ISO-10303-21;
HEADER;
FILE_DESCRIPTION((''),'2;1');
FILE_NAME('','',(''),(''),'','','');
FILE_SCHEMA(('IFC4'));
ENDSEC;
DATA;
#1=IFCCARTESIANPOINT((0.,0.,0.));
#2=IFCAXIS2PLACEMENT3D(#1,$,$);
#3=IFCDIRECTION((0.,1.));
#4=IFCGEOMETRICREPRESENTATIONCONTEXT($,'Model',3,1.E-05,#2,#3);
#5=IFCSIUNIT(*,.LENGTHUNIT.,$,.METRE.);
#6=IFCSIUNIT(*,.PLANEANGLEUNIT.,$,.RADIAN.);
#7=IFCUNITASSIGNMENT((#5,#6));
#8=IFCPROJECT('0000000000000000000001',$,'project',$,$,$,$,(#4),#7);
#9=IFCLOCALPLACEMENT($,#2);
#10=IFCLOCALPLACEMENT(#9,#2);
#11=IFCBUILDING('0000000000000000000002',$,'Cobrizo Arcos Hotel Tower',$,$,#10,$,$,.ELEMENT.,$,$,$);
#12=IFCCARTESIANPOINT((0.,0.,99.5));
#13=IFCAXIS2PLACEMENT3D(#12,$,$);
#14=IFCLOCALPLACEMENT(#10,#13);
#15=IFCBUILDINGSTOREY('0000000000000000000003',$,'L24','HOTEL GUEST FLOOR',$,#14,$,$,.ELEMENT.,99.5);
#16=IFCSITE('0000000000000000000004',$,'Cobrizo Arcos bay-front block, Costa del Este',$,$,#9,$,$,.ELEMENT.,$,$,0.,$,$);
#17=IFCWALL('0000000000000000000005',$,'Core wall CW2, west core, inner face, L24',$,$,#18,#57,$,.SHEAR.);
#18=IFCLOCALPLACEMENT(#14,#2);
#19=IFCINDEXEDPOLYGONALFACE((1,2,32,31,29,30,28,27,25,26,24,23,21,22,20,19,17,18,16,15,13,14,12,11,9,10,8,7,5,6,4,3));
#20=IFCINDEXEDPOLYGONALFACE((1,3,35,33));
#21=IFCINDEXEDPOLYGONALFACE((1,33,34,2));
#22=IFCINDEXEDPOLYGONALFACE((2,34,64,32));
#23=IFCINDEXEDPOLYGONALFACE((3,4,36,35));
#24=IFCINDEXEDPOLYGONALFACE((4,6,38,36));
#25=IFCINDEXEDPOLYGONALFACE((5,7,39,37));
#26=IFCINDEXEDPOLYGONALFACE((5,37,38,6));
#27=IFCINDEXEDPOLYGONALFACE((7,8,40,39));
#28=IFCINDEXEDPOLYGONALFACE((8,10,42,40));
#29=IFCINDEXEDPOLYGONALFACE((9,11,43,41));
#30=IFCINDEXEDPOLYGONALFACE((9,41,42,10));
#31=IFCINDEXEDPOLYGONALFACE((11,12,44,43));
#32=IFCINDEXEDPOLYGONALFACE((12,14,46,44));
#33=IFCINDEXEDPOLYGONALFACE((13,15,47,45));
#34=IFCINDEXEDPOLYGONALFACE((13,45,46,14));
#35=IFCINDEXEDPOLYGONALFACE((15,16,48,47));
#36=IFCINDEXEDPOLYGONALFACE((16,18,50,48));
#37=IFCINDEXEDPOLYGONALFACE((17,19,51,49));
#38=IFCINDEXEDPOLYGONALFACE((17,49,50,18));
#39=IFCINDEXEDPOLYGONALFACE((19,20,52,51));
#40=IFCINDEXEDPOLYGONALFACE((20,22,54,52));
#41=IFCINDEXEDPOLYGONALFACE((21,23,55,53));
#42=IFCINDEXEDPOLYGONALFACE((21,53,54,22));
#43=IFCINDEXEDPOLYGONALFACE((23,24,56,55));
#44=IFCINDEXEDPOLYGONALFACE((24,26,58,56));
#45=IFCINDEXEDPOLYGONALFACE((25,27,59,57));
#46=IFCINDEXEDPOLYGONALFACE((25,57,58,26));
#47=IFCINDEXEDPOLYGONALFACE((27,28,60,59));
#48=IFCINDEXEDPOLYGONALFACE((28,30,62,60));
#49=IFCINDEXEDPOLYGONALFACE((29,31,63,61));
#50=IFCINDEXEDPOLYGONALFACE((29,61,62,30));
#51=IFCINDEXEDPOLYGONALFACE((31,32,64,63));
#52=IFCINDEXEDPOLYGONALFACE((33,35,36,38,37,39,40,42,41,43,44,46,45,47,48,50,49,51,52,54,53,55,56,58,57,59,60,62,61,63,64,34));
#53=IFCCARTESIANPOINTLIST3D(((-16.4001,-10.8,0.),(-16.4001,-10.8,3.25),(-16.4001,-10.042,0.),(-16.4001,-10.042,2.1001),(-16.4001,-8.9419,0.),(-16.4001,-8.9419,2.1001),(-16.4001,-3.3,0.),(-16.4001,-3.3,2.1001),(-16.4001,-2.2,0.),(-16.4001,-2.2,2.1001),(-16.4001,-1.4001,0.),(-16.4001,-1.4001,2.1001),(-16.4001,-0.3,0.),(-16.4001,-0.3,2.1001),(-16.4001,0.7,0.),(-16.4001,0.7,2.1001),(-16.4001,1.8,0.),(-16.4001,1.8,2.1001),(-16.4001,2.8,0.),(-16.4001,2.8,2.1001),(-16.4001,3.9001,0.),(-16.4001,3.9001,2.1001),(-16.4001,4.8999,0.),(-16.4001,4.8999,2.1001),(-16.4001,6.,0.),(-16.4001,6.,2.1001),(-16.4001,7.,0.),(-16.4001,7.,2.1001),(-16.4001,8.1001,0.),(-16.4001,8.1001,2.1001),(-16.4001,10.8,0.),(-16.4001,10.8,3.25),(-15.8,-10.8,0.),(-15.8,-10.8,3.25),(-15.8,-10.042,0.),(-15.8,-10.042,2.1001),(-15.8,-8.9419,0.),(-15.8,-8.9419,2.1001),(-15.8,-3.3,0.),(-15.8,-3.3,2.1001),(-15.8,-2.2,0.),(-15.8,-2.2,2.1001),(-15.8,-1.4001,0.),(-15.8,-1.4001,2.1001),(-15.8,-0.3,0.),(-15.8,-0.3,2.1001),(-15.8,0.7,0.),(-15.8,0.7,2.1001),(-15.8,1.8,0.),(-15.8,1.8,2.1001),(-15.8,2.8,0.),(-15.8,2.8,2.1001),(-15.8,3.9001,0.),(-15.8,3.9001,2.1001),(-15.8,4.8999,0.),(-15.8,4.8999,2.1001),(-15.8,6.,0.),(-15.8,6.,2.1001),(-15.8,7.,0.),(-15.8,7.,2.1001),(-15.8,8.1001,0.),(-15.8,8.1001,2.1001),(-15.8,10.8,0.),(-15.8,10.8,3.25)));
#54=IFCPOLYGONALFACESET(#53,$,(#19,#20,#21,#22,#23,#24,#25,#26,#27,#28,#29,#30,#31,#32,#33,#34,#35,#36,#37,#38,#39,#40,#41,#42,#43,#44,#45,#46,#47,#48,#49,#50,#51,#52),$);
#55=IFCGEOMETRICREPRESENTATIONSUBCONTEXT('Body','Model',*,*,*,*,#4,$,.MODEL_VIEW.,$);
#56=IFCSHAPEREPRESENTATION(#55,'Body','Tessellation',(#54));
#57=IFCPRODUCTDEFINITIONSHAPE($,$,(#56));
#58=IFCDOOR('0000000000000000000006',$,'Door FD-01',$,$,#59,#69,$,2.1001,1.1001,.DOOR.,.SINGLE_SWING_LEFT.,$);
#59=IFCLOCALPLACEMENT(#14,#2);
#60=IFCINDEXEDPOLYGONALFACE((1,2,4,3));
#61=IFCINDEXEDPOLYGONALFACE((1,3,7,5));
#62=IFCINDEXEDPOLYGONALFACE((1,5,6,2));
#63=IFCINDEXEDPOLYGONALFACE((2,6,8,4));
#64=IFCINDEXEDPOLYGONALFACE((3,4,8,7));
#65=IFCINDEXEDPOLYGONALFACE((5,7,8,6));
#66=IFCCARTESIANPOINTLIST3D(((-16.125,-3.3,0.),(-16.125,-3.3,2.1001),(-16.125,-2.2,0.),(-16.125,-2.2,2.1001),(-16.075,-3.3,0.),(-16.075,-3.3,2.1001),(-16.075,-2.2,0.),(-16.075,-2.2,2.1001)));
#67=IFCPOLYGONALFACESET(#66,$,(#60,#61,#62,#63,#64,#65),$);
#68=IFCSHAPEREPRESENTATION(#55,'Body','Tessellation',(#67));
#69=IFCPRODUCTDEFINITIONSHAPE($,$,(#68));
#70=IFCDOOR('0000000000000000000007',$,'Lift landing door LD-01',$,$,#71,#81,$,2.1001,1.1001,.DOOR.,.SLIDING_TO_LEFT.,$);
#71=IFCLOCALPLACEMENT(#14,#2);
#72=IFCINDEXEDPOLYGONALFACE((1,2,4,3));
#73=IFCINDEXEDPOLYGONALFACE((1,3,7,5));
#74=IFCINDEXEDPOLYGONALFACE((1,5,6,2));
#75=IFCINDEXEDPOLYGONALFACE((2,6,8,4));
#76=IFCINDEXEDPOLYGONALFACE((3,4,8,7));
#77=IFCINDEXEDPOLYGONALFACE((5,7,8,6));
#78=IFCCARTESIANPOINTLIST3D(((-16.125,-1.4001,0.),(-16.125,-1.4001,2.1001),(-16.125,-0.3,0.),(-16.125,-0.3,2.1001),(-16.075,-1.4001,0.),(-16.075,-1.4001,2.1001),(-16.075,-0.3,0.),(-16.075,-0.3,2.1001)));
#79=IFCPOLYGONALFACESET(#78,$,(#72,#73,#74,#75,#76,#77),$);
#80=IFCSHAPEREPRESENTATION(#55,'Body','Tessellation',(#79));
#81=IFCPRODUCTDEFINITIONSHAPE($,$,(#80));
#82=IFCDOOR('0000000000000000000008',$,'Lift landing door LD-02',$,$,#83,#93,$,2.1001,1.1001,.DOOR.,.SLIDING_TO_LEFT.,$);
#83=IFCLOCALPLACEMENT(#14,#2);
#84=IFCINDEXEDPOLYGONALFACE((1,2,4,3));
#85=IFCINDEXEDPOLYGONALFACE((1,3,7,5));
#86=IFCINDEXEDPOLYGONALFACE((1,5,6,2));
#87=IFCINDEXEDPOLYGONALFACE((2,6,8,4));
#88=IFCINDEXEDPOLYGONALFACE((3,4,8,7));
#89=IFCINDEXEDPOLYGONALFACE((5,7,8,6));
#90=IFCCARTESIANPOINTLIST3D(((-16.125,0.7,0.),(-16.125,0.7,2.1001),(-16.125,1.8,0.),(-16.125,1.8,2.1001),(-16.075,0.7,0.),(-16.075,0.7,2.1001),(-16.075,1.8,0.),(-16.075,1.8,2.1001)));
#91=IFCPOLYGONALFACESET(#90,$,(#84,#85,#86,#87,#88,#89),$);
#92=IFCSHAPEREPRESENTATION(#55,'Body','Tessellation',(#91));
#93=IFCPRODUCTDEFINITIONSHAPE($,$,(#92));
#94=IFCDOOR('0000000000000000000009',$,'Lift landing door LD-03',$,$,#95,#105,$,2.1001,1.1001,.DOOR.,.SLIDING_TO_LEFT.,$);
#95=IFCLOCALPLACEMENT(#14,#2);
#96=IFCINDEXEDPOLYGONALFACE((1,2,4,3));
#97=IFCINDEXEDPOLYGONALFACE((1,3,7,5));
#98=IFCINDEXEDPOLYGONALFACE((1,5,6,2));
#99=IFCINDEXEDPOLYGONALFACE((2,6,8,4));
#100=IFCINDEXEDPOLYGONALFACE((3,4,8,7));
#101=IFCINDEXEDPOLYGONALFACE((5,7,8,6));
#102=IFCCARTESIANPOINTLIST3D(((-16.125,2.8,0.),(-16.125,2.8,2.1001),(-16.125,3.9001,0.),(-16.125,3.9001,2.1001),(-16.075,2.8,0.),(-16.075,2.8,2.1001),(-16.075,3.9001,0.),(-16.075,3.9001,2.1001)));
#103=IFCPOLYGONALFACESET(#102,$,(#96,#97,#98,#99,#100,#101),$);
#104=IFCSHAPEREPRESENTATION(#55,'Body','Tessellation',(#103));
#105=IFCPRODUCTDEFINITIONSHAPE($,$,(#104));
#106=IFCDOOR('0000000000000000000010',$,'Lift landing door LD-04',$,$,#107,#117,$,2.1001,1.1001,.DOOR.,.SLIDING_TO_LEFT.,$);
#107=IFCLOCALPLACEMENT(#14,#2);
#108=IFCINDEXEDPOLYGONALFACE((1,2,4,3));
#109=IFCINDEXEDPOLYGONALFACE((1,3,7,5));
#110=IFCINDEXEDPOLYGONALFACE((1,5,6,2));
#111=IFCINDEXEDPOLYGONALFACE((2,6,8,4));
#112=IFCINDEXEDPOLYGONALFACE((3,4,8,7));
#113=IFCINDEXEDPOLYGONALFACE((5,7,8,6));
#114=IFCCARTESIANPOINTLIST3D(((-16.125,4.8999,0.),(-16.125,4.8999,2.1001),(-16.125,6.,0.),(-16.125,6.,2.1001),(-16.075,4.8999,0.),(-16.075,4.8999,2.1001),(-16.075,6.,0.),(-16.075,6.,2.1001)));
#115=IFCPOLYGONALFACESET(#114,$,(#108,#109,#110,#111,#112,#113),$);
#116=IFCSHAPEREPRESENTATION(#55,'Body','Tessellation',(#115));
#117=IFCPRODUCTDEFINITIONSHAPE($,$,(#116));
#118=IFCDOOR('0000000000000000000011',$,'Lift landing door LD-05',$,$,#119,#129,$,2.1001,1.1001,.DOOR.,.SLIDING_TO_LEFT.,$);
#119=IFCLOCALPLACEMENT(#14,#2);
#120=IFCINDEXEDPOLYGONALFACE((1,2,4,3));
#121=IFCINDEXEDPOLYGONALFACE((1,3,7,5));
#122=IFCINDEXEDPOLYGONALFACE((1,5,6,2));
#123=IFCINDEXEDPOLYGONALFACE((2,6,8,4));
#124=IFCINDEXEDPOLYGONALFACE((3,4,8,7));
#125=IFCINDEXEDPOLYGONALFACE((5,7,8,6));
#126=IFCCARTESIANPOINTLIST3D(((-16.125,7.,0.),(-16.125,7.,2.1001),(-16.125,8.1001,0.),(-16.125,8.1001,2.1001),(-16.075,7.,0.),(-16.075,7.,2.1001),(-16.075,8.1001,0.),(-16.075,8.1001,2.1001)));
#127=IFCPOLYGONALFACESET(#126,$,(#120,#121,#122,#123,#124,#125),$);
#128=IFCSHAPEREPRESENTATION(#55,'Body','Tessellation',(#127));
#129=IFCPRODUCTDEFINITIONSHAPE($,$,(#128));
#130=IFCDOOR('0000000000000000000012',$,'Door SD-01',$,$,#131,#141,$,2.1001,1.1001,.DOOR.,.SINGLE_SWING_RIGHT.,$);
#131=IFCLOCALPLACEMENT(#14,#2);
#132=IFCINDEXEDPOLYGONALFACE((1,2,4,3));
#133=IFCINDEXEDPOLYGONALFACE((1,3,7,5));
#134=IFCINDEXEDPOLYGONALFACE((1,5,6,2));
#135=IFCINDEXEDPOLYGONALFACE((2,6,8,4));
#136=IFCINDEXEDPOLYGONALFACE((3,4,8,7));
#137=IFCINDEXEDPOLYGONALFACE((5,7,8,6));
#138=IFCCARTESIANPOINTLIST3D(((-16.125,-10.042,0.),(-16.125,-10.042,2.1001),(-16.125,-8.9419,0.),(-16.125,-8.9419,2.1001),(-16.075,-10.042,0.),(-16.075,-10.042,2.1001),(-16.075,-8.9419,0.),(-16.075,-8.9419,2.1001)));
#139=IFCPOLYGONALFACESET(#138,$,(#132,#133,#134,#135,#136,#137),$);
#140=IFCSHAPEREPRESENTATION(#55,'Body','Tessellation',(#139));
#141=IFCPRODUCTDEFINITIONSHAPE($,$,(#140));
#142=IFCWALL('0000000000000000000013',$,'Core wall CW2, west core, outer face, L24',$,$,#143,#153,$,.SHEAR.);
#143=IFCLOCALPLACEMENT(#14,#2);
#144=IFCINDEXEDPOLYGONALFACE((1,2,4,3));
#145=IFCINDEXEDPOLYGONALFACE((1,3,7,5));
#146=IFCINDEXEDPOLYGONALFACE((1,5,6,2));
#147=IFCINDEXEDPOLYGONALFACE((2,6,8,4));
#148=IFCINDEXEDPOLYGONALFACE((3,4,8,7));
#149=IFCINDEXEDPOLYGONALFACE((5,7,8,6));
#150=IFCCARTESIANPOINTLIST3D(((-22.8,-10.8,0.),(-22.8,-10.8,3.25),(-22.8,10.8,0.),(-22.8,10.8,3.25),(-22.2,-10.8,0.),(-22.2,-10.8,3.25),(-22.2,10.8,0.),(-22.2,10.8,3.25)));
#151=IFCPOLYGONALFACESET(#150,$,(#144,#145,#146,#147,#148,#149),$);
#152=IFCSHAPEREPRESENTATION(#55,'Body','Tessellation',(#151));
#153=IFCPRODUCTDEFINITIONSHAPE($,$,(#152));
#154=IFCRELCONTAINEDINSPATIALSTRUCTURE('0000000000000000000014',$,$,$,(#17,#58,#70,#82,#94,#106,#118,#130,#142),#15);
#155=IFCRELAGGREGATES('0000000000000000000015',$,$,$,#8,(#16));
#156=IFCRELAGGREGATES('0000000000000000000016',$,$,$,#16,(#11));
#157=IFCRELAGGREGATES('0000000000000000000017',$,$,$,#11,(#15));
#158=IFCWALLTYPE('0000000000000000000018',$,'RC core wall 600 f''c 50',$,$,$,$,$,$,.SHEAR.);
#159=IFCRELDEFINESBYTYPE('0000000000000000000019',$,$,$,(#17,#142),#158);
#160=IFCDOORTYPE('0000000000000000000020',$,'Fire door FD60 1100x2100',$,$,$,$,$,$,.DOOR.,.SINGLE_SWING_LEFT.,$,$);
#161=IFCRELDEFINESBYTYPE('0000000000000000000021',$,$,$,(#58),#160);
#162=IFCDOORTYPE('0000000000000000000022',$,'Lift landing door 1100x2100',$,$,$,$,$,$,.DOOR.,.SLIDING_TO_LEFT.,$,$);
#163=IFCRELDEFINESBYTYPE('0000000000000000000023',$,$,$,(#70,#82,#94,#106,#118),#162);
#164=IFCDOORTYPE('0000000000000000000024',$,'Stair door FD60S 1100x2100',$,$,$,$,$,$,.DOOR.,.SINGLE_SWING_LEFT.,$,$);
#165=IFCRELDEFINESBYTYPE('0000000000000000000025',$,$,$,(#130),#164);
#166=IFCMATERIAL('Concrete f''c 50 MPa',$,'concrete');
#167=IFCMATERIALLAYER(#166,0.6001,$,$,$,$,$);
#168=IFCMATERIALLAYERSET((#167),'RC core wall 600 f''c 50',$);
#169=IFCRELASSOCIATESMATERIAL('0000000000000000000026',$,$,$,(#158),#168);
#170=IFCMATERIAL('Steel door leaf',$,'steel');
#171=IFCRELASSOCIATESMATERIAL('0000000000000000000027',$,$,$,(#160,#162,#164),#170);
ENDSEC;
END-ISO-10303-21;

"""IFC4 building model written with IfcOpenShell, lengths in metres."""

from ifc_helpers import new_model, si_unit, direction, frame, frame_2d, origin, place, context, subcontext, project, spatial, rectangle, extrude, material, layer, layer_set, type_object, element, fill, save


model = new_model("IFC4")

# Units and contexts
model_context = context("Model", 3, precision=1e-05, world=origin(), true_north=direction((0.0, 1.0)))
body_context = subcontext(model_context, "Body", "Model", "MODEL_VIEW")
ifc_project = project(units=[si_unit("LENGTHUNIT", "METRE"), si_unit("PLANEANGLEUNIT", "RADIAN")], contexts=[model_context])

# Site, building, storey
site_placement = place(None, origin())
site = spatial("IfcSite", under=ifc_project, at=site_placement, Name="Cobrizo Arcos bay-front block, Costa del Este", CompositionType="ELEMENT", RefElevation=0.0)
building_placement = place(site_placement, origin())
building = spatial("IfcBuilding", under=site, at=building_placement, Name="Cobrizo Arcos Hotel Tower", CompositionType="ELEMENT")
storey_placement = place(building_placement, frame((0.0, 0.0, 99.5)))
storey = spatial("IfcBuildingStorey", under=building, at=storey_placement, Name="L24", Description="HOTEL GUEST FLOOR", CompositionType="ELEMENT", Elevation=99.5)

# Wall, openings, doors
ifc_material_1 = material(Name="Concrete f'c 50 MPa", Category="concrete")
ifc_layer_1 = layer(ifc_material_1, 0.6001)
ifc_layer_set_1 = layer_set([ifc_layer_1], Name="RC core wall 600 f'c 50")
wall_type_1 = type_object("IfcWallType", Name="RC core wall 600 f'c 50", PredefinedType="SHEAR", material=ifc_layer_set_1)
wall_1_placement = place(storey_placement, frame((-16.1001, -10.8, 0.0), z_axis=(0.0, 0.0, 1.0), x_axis=(0.0, 1.0, 0.0)))
wall_1 = element("IfcWall", 1, at=wall_1_placement, inside=storey, type_object=wall_type_1, Name="Core wall CW2, west core, inner face, L24", PredefinedType="SHEAR", context=body_context, shape_type="SweptSolid", body=[
    extrude(rectangle(XDim=21.6001, YDim=0.6001, at=frame_2d((10.8, 0.0))), origin(), (0.0, 0.0, 1.0), 3.25),
])
opening_1_placement = place(wall_1_placement, frame((9.3999, 0.0, 0.0)))
opening_1 = element("IfcOpeningElement", 2, at=opening_1_placement, cuts=wall_1, PredefinedType="OPENING", context=body_context, shape_type="SweptSolid", body=[
    extrude(rectangle(XDim=1.1001, YDim=2.1001, at=frame_2d((0.55, 1.05))), frame((0.0, 0.312, 0.0), z_axis=(0.0, -1.0, 0.0), x_axis=(1.0, 0.0, 0.0)), (0.0, 0.0, 1.0), 0.624),
])
opening_2_placement = place(wall_1_placement, frame((11.5, 0.0, 0.0)))
opening_2 = element("IfcOpeningElement", 3, at=opening_2_placement, cuts=wall_1, PredefinedType="OPENING", context=body_context, shape_type="SweptSolid", body=[
    extrude(rectangle(XDim=1.1001, YDim=2.1001, at=frame_2d((0.55, 1.05))), frame((0.0, 0.312, 0.0), z_axis=(0.0, -1.0, 0.0), x_axis=(1.0, 0.0, 0.0)), (0.0, 0.0, 1.0), 0.624),
])
opening_3_placement = place(wall_1_placement, frame((13.6001, 0.0, 0.0)))
opening_3 = element("IfcOpeningElement", 4, at=opening_3_placement, cuts=wall_1, PredefinedType="OPENING", context=body_context, shape_type="SweptSolid", body=[
    extrude(rectangle(XDim=1.1001, YDim=2.1001, at=frame_2d((0.55, 1.05))), frame((0.0, 0.312, 0.0), z_axis=(0.0, -1.0, 0.0), x_axis=(1.0, 0.0, 0.0)), (0.0, 0.0, 1.0), 0.624),
])
opening_4_placement = place(wall_1_placement, frame((15.7, 0.0, 0.0)))
opening_4 = element("IfcOpeningElement", 5, at=opening_4_placement, cuts=wall_1, PredefinedType="OPENING", context=body_context, shape_type="SweptSolid", body=[
    extrude(rectangle(XDim=1.1001, YDim=2.1001, at=frame_2d((0.55, 1.05))), frame((0.0, 0.312, 0.0), z_axis=(0.0, -1.0, 0.0), x_axis=(1.0, 0.0, 0.0)), (0.0, 0.0, 1.0), 0.624),
])
opening_5_placement = place(wall_1_placement, frame((17.8, 0.0, 0.0)))
opening_5 = element("IfcOpeningElement", 6, at=opening_5_placement, cuts=wall_1, PredefinedType="OPENING", context=body_context, shape_type="SweptSolid", body=[
    extrude(rectangle(XDim=1.1001, YDim=2.1001, at=frame_2d((0.55, 1.05))), frame((0.0, 0.312, 0.0), z_axis=(0.0, -1.0, 0.0), x_axis=(1.0, 0.0, 0.0)), (0.0, 0.0, 1.0), 0.624),
])
opening_6_placement = place(wall_1_placement, frame((0.7581, 0.0, 0.0)))
opening_6 = element("IfcOpeningElement", 7, at=opening_6_placement, cuts=wall_1, PredefinedType="OPENING", context=body_context, shape_type="SweptSolid", body=[
    extrude(rectangle(XDim=1.1001, YDim=2.1001, at=frame_2d((0.55, 1.05))), frame((0.0, 0.312, 0.0), z_axis=(0.0, -1.0, 0.0), x_axis=(1.0, 0.0, 0.0)), (0.0, 0.0, 1.0), 0.624),
])
opening_7_placement = place(wall_1_placement, frame((7.5, 0.0, 0.0)))
opening_7 = element("IfcOpeningElement", 8, at=opening_7_placement, cuts=wall_1, PredefinedType="OPENING", context=body_context, shape_type="SweptSolid", body=[
    extrude(rectangle(XDim=1.1001, YDim=2.1001, at=frame_2d((0.55, 1.05))), frame((0.0, 0.312, 0.0), z_axis=(0.0, -1.0, 0.0), x_axis=(1.0, 0.0, 0.0)), (0.0, 0.0, 1.0), 0.624),
])
ifc_material_2 = material(Name="Steel door leaf", Category="steel")
door_type_1 = type_object("IfcDoorType", Name="Fire door FD60 1100x2100", OperationType="SINGLE_SWING_LEFT", PredefinedType="DOOR", material=ifc_material_2)
door_1_placement = place(opening_7_placement, origin())
door_1 = element("IfcDoor", 9, at=door_1_placement, inside=storey, type_object=door_type_1, Name="Door FD-01", OperationType="SINGLE_SWING_LEFT", OverallHeight=2.1001, OverallWidth=1.1001, PredefinedType="DOOR", context=body_context, shape_type="SweptSolid", body=[
    extrude(rectangle(XDim=1.1001, YDim=2.1001, at=frame_2d((0.55, 1.05))), frame((0.0, 0.0249, 0.0), z_axis=(0.0, -1.0, 0.0), x_axis=(1.0, 0.0, 0.0)), (0.0, 0.0, 1.0), 0.05),
])
fill(opening_7, door_1)
door_type_2 = type_object("IfcDoorType", Name="Lift landing door 1100x2100", OperationType="SLIDING_TO_LEFT", PredefinedType="DOOR", material=ifc_material_2)
door_2_placement = place(opening_1_placement, origin())
door_2 = element("IfcDoor", 10, at=door_2_placement, inside=storey, type_object=door_type_2, Name="Lift landing door LD-01", OperationType="SLIDING_TO_LEFT", OverallHeight=2.1001, OverallWidth=1.1001, PredefinedType="DOOR", context=body_context, shape_type="SweptSolid", body=[
    extrude(rectangle(XDim=1.1001, YDim=2.1001, at=frame_2d((0.55, 1.05))), frame((0.0, 0.0249, 0.0), z_axis=(0.0, -1.0, 0.0), x_axis=(1.0, 0.0, 0.0)), (0.0, 0.0, 1.0), 0.05),
])
fill(opening_1, door_2)
door_3_placement = place(opening_2_placement, origin())
door_3 = element("IfcDoor", 11, at=door_3_placement, inside=storey, type_object=door_type_2, Name="Lift landing door LD-02", OperationType="SLIDING_TO_LEFT", OverallHeight=2.1001, OverallWidth=1.1001, PredefinedType="DOOR", context=body_context, shape_type="SweptSolid", body=[
    extrude(rectangle(XDim=1.1001, YDim=2.1001, at=frame_2d((0.55, 1.05))), frame((0.0, 0.0249, 0.0), z_axis=(0.0, -1.0, 0.0), x_axis=(1.0, 0.0, 0.0)), (0.0, 0.0, 1.0), 0.05),
])
fill(opening_2, door_3)
door_4_placement = place(opening_3_placement, origin())
door_4 = element("IfcDoor", 12, at=door_4_placement, inside=storey, type_object=door_type_2, Name="Lift landing door LD-03", OperationType="SLIDING_TO_LEFT", OverallHeight=2.1001, OverallWidth=1.1001, PredefinedType="DOOR", context=body_context, shape_type="SweptSolid", body=[
    extrude(rectangle(XDim=1.1001, YDim=2.1001, at=frame_2d((0.55, 1.05))), frame((0.0, 0.0249, 0.0), z_axis=(0.0, -1.0, 0.0), x_axis=(1.0, 0.0, 0.0)), (0.0, 0.0, 1.0), 0.05),
])
fill(opening_3, door_4)
door_5_placement = place(opening_4_placement, origin())
door_5 = element("IfcDoor", 13, at=door_5_placement, inside=storey, type_object=door_type_2, Name="Lift landing door LD-04", OperationType="SLIDING_TO_LEFT", OverallHeight=2.1001, OverallWidth=1.1001, PredefinedType="DOOR", context=body_context, shape_type="SweptSolid", body=[
    extrude(rectangle(XDim=1.1001, YDim=2.1001, at=frame_2d((0.55, 1.05))), frame((0.0, 0.0249, 0.0), z_axis=(0.0, -1.0, 0.0), x_axis=(1.0, 0.0, 0.0)), (0.0, 0.0, 1.0), 0.05),
])
fill(opening_4, door_5)
door_6_placement = place(opening_5_placement, origin())
door_6 = element("IfcDoor", 14, at=door_6_placement, inside=storey, type_object=door_type_2, Name="Lift landing door LD-05", OperationType="SLIDING_TO_LEFT", OverallHeight=2.1001, OverallWidth=1.1001, PredefinedType="DOOR", context=body_context, shape_type="SweptSolid", body=[
    extrude(rectangle(XDim=1.1001, YDim=2.1001, at=frame_2d((0.55, 1.05))), frame((0.0, 0.0249, 0.0), z_axis=(0.0, -1.0, 0.0), x_axis=(1.0, 0.0, 0.0)), (0.0, 0.0, 1.0), 0.05),
])
fill(opening_5, door_6)
door_type_3 = type_object("IfcDoorType", Name="Stair door FD60S 1100x2100", OperationType="SINGLE_SWING_LEFT", PredefinedType="DOOR", material=ifc_material_2)
door_7_placement = place(opening_6_placement, origin())
door_7 = element("IfcDoor", 15, at=door_7_placement, inside=storey, type_object=door_type_3, Name="Door SD-01", OperationType="SINGLE_SWING_RIGHT", OverallHeight=2.1001, OverallWidth=1.1001, PredefinedType="DOOR", context=body_context, shape_type="SweptSolid", body=[
    extrude(rectangle(XDim=1.1001, YDim=2.1001, at=frame_2d((0.55, 1.05))), frame((0.0, 0.0249, 0.0), z_axis=(0.0, -1.0, 0.0), x_axis=(1.0, 0.0, 0.0)), (0.0, 0.0, 1.0), 0.05),
])
fill(opening_6, door_7)

# Wall
wall_2_placement = place(storey_placement, frame((-22.5, -10.8, 0.0), z_axis=(0.0, 0.0, 1.0), x_axis=(0.0, 1.0, 0.0)))
element("IfcWall", 16, at=wall_2_placement, inside=storey, type_object=wall_type_1, Name="Core wall CW2, west core, outer face, L24", PredefinedType="SHEAR", context=body_context, shape_type="SweptSolid", body=[
    extrude(rectangle(XDim=21.6001, YDim=0.6001, at=frame_2d((10.8, 0.0))), origin(), (0.0, 0.0, 1.0), 3.25),
])

save(model, "model.ifc")
